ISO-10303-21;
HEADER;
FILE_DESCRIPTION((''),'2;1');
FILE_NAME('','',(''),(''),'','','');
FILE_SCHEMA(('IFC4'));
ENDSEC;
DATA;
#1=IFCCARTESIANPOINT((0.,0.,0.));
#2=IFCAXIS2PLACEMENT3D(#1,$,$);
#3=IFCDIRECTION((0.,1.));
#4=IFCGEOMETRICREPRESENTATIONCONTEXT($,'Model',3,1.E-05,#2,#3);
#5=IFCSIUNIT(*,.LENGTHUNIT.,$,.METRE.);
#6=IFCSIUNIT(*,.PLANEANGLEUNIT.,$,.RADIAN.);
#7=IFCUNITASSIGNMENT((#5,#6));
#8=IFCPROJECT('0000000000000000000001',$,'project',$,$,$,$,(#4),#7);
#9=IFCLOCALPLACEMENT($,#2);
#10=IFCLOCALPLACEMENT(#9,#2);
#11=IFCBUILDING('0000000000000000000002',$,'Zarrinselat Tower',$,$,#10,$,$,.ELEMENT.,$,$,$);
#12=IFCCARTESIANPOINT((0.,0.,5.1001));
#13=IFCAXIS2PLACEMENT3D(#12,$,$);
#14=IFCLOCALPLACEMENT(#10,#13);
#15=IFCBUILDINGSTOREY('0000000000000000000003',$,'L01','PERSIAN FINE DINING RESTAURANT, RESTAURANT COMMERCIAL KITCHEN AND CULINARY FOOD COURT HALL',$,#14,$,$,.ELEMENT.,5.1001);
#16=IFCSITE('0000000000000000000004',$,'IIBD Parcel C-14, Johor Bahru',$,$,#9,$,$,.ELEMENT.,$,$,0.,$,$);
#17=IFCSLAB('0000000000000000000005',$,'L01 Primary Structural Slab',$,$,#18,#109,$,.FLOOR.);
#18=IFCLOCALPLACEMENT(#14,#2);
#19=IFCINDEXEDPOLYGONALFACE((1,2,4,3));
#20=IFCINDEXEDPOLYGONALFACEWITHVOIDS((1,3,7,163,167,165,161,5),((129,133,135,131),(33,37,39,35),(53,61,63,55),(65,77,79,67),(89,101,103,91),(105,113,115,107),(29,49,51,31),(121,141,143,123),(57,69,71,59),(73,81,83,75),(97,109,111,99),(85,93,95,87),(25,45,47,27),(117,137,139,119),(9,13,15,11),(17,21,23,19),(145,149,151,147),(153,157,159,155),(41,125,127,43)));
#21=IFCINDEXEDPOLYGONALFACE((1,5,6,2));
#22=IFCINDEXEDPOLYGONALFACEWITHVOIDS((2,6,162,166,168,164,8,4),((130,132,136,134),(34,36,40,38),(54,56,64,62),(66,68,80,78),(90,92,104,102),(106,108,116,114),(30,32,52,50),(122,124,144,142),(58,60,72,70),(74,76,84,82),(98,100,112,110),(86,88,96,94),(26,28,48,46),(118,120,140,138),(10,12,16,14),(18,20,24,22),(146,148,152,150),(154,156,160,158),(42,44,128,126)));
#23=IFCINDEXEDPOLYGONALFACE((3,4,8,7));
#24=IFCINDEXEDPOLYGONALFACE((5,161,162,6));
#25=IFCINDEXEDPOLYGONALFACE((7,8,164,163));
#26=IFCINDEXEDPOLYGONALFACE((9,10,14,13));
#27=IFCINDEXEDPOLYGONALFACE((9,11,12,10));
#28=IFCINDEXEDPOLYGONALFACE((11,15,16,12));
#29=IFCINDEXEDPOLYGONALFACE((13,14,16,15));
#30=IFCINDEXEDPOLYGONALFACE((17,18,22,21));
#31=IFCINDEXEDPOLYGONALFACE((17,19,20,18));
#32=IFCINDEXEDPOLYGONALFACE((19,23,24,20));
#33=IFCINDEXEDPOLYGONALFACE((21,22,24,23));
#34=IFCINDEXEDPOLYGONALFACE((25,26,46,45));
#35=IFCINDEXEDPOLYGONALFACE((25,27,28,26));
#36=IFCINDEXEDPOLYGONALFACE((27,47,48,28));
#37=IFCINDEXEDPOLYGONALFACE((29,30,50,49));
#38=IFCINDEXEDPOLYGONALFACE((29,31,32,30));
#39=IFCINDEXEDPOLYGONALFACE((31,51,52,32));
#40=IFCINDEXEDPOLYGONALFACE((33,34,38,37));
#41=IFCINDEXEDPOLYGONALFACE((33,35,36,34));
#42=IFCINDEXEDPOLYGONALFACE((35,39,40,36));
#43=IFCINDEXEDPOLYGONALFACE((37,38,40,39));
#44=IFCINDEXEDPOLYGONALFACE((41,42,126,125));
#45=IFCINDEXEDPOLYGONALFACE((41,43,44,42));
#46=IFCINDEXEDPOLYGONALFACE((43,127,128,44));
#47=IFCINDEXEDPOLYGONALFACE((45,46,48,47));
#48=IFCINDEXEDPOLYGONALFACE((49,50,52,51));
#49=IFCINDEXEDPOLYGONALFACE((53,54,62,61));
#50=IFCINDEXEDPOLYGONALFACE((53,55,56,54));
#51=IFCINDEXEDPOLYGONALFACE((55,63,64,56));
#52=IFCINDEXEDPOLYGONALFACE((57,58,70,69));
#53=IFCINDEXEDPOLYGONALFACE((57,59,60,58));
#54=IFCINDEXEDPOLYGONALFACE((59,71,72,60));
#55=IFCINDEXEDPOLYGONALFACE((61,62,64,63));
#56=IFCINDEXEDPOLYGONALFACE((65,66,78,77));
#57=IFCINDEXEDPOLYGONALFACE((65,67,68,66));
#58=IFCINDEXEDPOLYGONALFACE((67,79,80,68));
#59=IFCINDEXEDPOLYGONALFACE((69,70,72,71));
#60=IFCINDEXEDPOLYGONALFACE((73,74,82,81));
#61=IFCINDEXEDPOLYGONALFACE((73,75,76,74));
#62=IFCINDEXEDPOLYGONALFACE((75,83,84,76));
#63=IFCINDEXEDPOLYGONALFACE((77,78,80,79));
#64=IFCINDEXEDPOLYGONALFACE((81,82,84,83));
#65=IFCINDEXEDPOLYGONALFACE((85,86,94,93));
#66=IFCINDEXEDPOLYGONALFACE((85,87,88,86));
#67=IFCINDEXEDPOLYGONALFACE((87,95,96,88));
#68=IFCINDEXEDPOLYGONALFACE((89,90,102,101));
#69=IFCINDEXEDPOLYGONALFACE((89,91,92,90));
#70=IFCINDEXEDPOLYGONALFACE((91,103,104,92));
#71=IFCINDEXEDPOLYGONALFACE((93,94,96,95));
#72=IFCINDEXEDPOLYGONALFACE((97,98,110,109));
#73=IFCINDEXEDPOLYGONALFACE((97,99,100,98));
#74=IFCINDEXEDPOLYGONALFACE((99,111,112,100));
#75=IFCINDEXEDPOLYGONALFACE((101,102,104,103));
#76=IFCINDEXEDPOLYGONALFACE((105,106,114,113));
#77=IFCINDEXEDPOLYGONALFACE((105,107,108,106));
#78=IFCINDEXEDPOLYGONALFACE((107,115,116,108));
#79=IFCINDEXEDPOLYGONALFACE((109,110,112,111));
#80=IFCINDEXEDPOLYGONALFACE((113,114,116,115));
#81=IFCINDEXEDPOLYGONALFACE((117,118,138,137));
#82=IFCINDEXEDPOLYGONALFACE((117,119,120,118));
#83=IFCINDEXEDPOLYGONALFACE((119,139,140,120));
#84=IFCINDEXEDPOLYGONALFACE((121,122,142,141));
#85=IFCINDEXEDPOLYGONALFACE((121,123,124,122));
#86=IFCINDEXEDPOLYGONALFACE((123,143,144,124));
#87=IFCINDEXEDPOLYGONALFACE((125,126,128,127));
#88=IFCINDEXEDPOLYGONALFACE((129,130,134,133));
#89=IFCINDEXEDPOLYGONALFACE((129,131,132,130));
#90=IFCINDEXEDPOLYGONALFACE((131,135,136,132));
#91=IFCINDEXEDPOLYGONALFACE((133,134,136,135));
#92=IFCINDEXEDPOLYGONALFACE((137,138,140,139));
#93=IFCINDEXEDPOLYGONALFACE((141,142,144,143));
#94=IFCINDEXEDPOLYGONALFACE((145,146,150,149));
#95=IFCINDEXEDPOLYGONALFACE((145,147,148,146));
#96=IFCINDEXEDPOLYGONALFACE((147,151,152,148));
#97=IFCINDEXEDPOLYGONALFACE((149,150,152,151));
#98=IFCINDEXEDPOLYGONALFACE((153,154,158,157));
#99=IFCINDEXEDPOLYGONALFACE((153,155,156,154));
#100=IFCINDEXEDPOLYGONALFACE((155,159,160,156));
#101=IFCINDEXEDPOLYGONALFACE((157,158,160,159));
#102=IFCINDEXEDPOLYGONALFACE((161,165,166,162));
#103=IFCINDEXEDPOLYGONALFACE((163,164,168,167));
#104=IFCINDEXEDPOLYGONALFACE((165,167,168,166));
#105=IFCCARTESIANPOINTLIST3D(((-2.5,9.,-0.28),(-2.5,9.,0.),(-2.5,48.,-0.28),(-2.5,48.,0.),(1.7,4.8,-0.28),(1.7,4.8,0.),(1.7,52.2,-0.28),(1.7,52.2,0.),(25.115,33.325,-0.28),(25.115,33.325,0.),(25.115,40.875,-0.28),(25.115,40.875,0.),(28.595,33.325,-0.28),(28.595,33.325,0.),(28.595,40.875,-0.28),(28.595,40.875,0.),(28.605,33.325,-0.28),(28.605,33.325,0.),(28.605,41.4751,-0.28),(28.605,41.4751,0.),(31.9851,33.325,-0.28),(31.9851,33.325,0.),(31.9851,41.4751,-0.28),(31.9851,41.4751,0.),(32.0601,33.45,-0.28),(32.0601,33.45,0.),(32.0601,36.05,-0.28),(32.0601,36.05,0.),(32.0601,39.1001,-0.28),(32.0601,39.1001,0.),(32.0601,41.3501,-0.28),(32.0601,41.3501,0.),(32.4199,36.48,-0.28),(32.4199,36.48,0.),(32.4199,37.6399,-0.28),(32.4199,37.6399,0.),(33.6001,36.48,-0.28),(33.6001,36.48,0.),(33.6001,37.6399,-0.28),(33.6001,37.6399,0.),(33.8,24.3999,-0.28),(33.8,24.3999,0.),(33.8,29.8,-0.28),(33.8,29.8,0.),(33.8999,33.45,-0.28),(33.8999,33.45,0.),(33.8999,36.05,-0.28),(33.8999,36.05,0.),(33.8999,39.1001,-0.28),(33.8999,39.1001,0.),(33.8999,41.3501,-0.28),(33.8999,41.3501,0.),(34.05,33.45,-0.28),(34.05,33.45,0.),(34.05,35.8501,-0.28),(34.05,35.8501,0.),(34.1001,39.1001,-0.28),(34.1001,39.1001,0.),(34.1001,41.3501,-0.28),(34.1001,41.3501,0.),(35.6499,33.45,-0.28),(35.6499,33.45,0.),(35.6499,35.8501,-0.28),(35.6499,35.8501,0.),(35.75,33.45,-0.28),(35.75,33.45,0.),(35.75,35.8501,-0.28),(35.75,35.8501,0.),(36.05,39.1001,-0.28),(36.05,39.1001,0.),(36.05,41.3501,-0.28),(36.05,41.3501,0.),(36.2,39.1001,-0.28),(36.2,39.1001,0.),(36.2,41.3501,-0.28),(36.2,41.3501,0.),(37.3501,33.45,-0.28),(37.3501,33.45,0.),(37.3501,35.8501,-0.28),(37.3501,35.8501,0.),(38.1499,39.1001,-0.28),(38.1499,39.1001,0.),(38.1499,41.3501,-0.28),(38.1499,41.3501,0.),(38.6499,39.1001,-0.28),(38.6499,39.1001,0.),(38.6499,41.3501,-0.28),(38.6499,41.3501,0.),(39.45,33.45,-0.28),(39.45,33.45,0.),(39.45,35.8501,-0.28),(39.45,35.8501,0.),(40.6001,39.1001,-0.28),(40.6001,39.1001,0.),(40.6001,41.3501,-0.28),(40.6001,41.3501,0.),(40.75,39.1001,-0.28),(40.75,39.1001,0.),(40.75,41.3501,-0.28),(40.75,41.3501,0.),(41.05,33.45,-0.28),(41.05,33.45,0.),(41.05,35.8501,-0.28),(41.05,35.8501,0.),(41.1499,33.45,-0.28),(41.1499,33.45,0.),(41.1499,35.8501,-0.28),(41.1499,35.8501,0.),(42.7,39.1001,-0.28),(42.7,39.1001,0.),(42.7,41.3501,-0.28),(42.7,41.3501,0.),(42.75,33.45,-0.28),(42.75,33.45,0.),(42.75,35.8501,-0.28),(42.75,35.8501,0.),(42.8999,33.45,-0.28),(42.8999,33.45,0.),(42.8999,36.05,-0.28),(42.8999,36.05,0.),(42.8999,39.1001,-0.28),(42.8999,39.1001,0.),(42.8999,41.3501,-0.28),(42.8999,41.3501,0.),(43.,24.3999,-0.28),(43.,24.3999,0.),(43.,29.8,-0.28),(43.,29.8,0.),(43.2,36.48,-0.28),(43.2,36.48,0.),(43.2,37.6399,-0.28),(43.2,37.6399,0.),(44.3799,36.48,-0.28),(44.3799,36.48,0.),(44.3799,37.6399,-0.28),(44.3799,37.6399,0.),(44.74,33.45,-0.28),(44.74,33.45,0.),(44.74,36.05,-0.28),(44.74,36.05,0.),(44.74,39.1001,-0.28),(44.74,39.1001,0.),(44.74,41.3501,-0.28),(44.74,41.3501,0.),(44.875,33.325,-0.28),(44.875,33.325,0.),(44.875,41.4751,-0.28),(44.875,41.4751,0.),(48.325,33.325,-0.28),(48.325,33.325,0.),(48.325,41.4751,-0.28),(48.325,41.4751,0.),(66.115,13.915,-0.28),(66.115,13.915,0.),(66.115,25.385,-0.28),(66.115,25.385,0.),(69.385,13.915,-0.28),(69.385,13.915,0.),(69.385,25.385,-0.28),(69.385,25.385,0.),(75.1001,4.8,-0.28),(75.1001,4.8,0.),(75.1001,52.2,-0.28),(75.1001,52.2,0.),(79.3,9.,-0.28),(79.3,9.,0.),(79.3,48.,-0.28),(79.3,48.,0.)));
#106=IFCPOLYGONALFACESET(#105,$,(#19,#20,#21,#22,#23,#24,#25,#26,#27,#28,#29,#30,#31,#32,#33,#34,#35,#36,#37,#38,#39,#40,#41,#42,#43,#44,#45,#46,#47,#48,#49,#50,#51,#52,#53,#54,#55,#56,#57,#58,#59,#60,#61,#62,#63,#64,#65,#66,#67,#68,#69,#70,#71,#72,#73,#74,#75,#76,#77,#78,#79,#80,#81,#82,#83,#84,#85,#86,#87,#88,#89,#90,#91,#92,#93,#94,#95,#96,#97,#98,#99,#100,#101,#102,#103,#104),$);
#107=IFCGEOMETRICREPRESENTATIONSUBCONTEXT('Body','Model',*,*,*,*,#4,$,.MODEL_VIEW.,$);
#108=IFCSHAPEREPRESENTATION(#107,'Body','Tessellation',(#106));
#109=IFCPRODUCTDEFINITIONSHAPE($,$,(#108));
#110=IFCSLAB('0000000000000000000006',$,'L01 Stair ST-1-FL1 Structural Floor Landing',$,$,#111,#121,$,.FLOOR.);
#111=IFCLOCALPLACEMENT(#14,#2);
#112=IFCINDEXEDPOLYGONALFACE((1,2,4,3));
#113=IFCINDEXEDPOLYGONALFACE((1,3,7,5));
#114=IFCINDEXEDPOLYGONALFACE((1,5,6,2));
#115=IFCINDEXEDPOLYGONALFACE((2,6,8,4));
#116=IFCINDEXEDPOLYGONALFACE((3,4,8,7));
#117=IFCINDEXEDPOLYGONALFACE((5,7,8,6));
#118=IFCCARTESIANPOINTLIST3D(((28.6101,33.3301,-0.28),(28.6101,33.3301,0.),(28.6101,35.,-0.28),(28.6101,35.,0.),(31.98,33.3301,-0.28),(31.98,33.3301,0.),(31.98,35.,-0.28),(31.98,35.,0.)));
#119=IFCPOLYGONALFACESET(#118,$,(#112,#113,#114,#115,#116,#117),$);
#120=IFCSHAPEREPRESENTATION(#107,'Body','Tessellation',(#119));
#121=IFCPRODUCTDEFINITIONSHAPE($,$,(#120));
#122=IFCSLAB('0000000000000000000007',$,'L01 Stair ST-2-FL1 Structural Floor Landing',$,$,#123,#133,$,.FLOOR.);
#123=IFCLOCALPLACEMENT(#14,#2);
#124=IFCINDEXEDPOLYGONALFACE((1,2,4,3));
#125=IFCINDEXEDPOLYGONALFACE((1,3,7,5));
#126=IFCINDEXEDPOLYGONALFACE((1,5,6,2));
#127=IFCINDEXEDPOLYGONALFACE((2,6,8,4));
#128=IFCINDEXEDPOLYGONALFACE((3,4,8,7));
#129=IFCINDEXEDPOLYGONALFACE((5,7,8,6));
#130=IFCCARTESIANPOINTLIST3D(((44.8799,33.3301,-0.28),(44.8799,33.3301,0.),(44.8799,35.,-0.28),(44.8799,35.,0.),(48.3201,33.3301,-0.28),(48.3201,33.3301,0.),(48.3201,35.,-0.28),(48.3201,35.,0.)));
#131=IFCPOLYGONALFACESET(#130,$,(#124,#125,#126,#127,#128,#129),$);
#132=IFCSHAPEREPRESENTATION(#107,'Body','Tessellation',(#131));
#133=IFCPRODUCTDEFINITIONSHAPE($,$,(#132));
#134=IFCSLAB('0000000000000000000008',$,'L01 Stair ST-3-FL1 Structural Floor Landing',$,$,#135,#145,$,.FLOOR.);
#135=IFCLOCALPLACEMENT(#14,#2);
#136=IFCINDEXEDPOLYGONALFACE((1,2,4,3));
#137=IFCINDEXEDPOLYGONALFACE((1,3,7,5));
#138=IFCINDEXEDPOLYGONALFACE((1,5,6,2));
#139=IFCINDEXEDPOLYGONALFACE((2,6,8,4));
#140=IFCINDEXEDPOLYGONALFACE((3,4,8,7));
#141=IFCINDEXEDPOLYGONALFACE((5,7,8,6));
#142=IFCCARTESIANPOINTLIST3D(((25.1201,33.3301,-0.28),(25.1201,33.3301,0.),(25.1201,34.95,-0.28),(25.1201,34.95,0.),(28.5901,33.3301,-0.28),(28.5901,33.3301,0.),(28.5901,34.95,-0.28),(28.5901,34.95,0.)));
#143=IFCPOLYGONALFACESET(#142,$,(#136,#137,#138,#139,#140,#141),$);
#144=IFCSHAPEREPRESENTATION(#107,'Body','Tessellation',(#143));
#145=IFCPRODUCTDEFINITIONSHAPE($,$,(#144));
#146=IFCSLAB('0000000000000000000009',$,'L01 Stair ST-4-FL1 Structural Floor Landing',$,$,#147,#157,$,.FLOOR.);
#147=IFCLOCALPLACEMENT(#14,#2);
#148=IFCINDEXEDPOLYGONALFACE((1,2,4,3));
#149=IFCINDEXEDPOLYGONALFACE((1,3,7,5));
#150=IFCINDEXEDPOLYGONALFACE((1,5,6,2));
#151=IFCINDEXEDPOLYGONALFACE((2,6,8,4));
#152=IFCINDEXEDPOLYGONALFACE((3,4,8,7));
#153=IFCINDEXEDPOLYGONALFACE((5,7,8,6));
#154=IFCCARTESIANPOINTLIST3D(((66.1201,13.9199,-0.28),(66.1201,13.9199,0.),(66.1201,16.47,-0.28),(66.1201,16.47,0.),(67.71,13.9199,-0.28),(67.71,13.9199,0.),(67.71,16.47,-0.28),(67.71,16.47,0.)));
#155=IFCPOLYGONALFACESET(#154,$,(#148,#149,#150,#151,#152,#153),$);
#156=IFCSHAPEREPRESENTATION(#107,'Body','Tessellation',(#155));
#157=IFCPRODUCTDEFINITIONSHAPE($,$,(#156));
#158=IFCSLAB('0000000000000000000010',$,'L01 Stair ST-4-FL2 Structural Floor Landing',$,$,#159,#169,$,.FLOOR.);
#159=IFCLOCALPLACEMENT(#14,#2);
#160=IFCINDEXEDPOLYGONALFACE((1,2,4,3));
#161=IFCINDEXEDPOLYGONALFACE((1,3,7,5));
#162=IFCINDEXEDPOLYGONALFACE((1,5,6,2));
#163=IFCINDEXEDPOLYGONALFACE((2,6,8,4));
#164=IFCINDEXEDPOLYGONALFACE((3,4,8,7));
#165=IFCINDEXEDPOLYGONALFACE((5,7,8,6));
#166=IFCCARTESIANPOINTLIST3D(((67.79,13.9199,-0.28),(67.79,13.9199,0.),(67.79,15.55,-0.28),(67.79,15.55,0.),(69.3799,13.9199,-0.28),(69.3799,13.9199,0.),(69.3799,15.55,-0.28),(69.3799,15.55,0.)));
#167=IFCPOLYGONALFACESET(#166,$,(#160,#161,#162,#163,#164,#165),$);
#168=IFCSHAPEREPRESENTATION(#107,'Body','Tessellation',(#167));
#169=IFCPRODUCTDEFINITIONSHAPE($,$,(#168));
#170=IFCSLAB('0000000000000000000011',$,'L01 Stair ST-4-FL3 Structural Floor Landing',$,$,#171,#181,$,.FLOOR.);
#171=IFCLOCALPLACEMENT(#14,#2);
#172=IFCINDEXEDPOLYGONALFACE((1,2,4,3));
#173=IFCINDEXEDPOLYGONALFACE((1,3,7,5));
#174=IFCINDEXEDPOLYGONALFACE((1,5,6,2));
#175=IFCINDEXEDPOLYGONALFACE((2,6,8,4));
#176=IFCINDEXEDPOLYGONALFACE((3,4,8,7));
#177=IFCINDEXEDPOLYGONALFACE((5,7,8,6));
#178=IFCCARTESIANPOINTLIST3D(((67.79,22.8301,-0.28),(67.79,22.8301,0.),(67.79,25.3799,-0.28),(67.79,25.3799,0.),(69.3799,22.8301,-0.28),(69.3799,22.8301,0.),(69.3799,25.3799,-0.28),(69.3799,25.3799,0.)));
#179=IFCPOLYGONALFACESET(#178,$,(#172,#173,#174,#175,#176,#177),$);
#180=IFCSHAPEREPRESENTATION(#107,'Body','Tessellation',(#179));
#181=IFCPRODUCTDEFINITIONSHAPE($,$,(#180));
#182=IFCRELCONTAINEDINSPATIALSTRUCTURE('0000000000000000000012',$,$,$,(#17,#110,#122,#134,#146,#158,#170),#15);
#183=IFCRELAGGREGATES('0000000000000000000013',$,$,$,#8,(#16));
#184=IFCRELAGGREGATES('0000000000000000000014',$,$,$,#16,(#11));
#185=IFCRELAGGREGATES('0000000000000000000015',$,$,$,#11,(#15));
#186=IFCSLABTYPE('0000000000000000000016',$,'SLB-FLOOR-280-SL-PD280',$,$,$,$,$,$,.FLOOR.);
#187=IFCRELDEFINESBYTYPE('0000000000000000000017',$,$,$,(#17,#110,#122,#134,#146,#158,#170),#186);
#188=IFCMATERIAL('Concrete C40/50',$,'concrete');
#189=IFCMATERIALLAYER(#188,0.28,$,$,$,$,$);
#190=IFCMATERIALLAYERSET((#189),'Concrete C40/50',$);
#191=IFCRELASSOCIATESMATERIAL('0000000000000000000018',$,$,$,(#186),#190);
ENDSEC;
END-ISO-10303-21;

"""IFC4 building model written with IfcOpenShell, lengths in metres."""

from ifc_helpers import new_model, si_unit, direction, frame, origin, place, context, subcontext, project, spatial, polyline, outline, extrude, material, layer, layer_set, type_object, element, save


model = new_model("IFC4")

# Units and contexts
model_context = context("Model", 3, precision=1e-05, world=origin(), true_north=direction((0.0, 1.0)))
body_context = subcontext(model_context, "Body", "Model", "MODEL_VIEW")
ifc_project = project(units=[si_unit("LENGTHUNIT", "METRE"), si_unit("PLANEANGLEUNIT", "RADIAN")], contexts=[model_context])

# Site, building, storey
site_placement = place(None, origin())
site = spatial("IfcSite", under=ifc_project, at=site_placement, Name="IIBD Parcel C-14, Johor Bahru", CompositionType="ELEMENT", RefElevation=0.0)
building_placement = place(site_placement, origin())
building = spatial("IfcBuilding", under=site, at=building_placement, Name="Zarrinselat Tower", CompositionType="ELEMENT")
storey_placement = place(building_placement, frame((0.0, 0.0, 5.1001)))
storey = spatial("IfcBuildingStorey", under=building, at=storey_placement, Name="L01", Description="PERSIAN FINE DINING RESTAURANT, RESTAURANT COMMERCIAL KITCHEN AND CULINARY FOOD COURT HALL", CompositionType="ELEMENT", Elevation=5.1001)

# Slabs
ifc_material_1 = material(Name="Concrete C40/50", Category="concrete")
ifc_layer_1 = layer(ifc_material_1, 0.28)
ifc_layer_set_1 = layer_set([ifc_layer_1], Name="Concrete C40/50")
slab_type_1 = type_object("IfcSlabType", Name="SLB-FLOOR-280-SL-PD280", PredefinedType="FLOOR", material=ifc_layer_set_1)
slab_1_placement = place(storey_placement, frame((0.0, 0.0, -0.28)))
element("IfcSlab", 1, at=slab_1_placement, inside=storey, type_object=slab_type_1, Name="L01 Primary Structural Slab", PredefinedType="FLOOR", context=body_context, shape_type="SweptSolid", body=[
    extrude(outline(polyline([(1.7, 4.8), (75.1001, 4.8), (79.3, 9.0), (79.3, 48.0), (75.1001, 52.2), (1.7, 52.2), (-2.5, 48.0), (-2.5, 9.0), (1.7, 4.8)]), holes=[polyline([(33.8, 24.3999), (33.8, 29.8), (43.0, 29.8), (43.0, 24.3999), (33.8, 24.3999)]), polyline([(34.05, 33.45), (34.05, 35.8501), (35.6499, 35.8501), (35.6499, 33.45), (34.05, 33.45)]), polyline([(35.75, 33.45), (35.75, 35.8501), (37.3501, 35.8501), (37.3501, 33.45), (35.75, 33.45)]), polyline([(32.0601, 33.45), (32.0601, 36.05), (33.8999, 36.05), (33.8999, 33.45), (32.0601, 33.45)]), polyline([(32.4199, 36.48), (32.4199, 37.6399), (33.6001, 37.6399), (33.6001, 36.48), (32.4199, 36.48)]), polyline([(28.595, 33.325), (25.115, 33.325), (25.115, 40.875), (28.595, 40.875), (28.595, 33.325)]), polyline([(31.9851, 33.325), (28.605, 33.325), (28.605, 41.4751), (31.9851, 41.4751), (31.9851, 33.325)]), polyline([(32.0601, 41.3501), (33.8999, 41.3501), (33.8999, 39.1001), (32.0601, 39.1001), (32.0601, 41.3501)]), polyline([(34.1001, 41.3501), (36.05, 41.3501), (36.05, 39.1001), (34.1001, 39.1001), (34.1001, 41.3501)]), polyline([(36.2, 39.1001), (36.2, 41.3501), (38.1499, 41.3501), (38.1499, 39.1001), (36.2, 39.1001)]), polyline([(69.385, 13.915), (66.115, 13.915), (66.115, 25.385), (69.385, 25.385), (69.385, 13.915)]), polyline([(39.45, 33.45), (39.45, 35.8501), (41.05, 35.8501), (41.05, 33.45), (39.45, 33.45)]), polyline([(41.1499, 35.8501), (42.75, 35.8501), (42.75, 33.45), (41.1499, 33.45), (41.1499, 35.8501)]), polyline([(42.8999, 36.05), (44.74, 36.05), (44.74, 33.45), (42.8999, 33.45), (42.8999, 36.05)]), polyline([(43.2, 36.48), (43.2, 37.6399), (44.3799, 37.6399), (44.3799, 36.48), (43.2, 36.48)]), polyline([(48.325, 33.325), (44.875, 33.325), (44.875, 41.4751), (48.325, 41.4751), (48.325, 33.325)]), polyline([(38.6499, 39.1001), (38.6499, 41.3501), (40.6001, 41.3501), (40.6001, 39.1001), (38.6499, 39.1001)]), polyline([(40.75, 41.3501), (42.7, 41.3501), (42.7, 39.1001), (40.75, 39.1001), (40.75, 41.3501)]), polyline([(42.8999, 41.3501), (44.74, 41.3501), (44.74, 39.1001), (42.8999, 39.1001), (42.8999, 41.3501)])]), origin(), (0.0, 0.0, 1.0), 0.28),
])
slab_2_placement = place(storey_placement, frame((0.0, 0.0, -0.28)))
element("IfcSlab", 2, at=slab_2_placement, inside=storey, type_object=slab_type_1, Name="L01 Stair ST-1-FL1 Structural Floor Landing", PredefinedType="FLOOR", context=body_context, shape_type="SweptSolid", body=[
    extrude(outline(polyline([(31.98, 33.3301), (31.98, 35.0), (28.6101, 35.0), (28.6101, 33.3301), (31.98, 33.3301)])), origin(), (0.0, 0.0, 1.0), 0.28),
])
slab_3_placement = place(storey_placement, frame((0.0, 0.0, -0.28)))
element("IfcSlab", 3, at=slab_3_placement, inside=storey, type_object=slab_type_1, Name="L01 Stair ST-2-FL1 Structural Floor Landing", PredefinedType="FLOOR", context=body_context, shape_type="SweptSolid", body=[
    extrude(outline(polyline([(48.3201, 33.3301), (48.3201, 35.0), (44.8799, 35.0), (44.8799, 33.3301), (48.3201, 33.3301)])), origin(), (0.0, 0.0, 1.0), 0.28),
])
slab_4_placement = place(storey_placement, frame((0.0, 0.0, -0.28)))
element("IfcSlab", 4, at=slab_4_placement, inside=storey, type_object=slab_type_1, Name="L01 Stair ST-3-FL1 Structural Floor Landing", PredefinedType="FLOOR", context=body_context, shape_type="SweptSolid", body=[
    extrude(outline(polyline([(28.5901, 33.3301), (28.5901, 34.95), (25.1201, 34.95), (25.1201, 33.3301), (28.5901, 33.3301)])), origin(), (0.0, 0.0, 1.0), 0.28),
])
slab_5_placement = place(storey_placement, frame((0.0, 0.0, -0.28)))
element("IfcSlab", 5, at=slab_5_placement, inside=storey, type_object=slab_type_1, Name="L01 Stair ST-4-FL1 Structural Floor Landing", PredefinedType="FLOOR", context=body_context, shape_type="SweptSolid", body=[
    extrude(outline(polyline([(67.71, 13.9199), (67.71, 16.47), (66.1201, 16.47), (66.1201, 13.9199), (67.71, 13.9199)])), origin(), (0.0, 0.0, 1.0), 0.28),
])
slab_6_placement = place(storey_placement, frame((0.0, 0.0, -0.28)))
element("IfcSlab", 6, at=slab_6_placement, inside=storey, type_object=slab_type_1, Name="L01 Stair ST-4-FL2 Structural Floor Landing", PredefinedType="FLOOR", context=body_context, shape_type="SweptSolid", body=[
    extrude(outline(polyline([(69.3799, 13.9199), (69.3799, 15.55), (67.79, 15.55), (67.79, 13.9199), (69.3799, 13.9199)])), origin(), (0.0, 0.0, 1.0), 0.28),
])
slab_7_placement = place(storey_placement, frame((0.0, 0.0, -0.28)))
element("IfcSlab", 7, at=slab_7_placement, inside=storey, type_object=slab_type_1, Name="L01 Stair ST-4-FL3 Structural Floor Landing", PredefinedType="FLOOR", context=body_context, shape_type="SweptSolid", body=[
    extrude(outline(polyline([(69.3799, 22.8301), (69.3799, 25.3799), (67.79, 25.3799), (67.79, 22.8301), (69.3799, 22.8301)])), origin(), (0.0, 0.0, 1.0), 0.28),
])

save(model, "model.ifc")
